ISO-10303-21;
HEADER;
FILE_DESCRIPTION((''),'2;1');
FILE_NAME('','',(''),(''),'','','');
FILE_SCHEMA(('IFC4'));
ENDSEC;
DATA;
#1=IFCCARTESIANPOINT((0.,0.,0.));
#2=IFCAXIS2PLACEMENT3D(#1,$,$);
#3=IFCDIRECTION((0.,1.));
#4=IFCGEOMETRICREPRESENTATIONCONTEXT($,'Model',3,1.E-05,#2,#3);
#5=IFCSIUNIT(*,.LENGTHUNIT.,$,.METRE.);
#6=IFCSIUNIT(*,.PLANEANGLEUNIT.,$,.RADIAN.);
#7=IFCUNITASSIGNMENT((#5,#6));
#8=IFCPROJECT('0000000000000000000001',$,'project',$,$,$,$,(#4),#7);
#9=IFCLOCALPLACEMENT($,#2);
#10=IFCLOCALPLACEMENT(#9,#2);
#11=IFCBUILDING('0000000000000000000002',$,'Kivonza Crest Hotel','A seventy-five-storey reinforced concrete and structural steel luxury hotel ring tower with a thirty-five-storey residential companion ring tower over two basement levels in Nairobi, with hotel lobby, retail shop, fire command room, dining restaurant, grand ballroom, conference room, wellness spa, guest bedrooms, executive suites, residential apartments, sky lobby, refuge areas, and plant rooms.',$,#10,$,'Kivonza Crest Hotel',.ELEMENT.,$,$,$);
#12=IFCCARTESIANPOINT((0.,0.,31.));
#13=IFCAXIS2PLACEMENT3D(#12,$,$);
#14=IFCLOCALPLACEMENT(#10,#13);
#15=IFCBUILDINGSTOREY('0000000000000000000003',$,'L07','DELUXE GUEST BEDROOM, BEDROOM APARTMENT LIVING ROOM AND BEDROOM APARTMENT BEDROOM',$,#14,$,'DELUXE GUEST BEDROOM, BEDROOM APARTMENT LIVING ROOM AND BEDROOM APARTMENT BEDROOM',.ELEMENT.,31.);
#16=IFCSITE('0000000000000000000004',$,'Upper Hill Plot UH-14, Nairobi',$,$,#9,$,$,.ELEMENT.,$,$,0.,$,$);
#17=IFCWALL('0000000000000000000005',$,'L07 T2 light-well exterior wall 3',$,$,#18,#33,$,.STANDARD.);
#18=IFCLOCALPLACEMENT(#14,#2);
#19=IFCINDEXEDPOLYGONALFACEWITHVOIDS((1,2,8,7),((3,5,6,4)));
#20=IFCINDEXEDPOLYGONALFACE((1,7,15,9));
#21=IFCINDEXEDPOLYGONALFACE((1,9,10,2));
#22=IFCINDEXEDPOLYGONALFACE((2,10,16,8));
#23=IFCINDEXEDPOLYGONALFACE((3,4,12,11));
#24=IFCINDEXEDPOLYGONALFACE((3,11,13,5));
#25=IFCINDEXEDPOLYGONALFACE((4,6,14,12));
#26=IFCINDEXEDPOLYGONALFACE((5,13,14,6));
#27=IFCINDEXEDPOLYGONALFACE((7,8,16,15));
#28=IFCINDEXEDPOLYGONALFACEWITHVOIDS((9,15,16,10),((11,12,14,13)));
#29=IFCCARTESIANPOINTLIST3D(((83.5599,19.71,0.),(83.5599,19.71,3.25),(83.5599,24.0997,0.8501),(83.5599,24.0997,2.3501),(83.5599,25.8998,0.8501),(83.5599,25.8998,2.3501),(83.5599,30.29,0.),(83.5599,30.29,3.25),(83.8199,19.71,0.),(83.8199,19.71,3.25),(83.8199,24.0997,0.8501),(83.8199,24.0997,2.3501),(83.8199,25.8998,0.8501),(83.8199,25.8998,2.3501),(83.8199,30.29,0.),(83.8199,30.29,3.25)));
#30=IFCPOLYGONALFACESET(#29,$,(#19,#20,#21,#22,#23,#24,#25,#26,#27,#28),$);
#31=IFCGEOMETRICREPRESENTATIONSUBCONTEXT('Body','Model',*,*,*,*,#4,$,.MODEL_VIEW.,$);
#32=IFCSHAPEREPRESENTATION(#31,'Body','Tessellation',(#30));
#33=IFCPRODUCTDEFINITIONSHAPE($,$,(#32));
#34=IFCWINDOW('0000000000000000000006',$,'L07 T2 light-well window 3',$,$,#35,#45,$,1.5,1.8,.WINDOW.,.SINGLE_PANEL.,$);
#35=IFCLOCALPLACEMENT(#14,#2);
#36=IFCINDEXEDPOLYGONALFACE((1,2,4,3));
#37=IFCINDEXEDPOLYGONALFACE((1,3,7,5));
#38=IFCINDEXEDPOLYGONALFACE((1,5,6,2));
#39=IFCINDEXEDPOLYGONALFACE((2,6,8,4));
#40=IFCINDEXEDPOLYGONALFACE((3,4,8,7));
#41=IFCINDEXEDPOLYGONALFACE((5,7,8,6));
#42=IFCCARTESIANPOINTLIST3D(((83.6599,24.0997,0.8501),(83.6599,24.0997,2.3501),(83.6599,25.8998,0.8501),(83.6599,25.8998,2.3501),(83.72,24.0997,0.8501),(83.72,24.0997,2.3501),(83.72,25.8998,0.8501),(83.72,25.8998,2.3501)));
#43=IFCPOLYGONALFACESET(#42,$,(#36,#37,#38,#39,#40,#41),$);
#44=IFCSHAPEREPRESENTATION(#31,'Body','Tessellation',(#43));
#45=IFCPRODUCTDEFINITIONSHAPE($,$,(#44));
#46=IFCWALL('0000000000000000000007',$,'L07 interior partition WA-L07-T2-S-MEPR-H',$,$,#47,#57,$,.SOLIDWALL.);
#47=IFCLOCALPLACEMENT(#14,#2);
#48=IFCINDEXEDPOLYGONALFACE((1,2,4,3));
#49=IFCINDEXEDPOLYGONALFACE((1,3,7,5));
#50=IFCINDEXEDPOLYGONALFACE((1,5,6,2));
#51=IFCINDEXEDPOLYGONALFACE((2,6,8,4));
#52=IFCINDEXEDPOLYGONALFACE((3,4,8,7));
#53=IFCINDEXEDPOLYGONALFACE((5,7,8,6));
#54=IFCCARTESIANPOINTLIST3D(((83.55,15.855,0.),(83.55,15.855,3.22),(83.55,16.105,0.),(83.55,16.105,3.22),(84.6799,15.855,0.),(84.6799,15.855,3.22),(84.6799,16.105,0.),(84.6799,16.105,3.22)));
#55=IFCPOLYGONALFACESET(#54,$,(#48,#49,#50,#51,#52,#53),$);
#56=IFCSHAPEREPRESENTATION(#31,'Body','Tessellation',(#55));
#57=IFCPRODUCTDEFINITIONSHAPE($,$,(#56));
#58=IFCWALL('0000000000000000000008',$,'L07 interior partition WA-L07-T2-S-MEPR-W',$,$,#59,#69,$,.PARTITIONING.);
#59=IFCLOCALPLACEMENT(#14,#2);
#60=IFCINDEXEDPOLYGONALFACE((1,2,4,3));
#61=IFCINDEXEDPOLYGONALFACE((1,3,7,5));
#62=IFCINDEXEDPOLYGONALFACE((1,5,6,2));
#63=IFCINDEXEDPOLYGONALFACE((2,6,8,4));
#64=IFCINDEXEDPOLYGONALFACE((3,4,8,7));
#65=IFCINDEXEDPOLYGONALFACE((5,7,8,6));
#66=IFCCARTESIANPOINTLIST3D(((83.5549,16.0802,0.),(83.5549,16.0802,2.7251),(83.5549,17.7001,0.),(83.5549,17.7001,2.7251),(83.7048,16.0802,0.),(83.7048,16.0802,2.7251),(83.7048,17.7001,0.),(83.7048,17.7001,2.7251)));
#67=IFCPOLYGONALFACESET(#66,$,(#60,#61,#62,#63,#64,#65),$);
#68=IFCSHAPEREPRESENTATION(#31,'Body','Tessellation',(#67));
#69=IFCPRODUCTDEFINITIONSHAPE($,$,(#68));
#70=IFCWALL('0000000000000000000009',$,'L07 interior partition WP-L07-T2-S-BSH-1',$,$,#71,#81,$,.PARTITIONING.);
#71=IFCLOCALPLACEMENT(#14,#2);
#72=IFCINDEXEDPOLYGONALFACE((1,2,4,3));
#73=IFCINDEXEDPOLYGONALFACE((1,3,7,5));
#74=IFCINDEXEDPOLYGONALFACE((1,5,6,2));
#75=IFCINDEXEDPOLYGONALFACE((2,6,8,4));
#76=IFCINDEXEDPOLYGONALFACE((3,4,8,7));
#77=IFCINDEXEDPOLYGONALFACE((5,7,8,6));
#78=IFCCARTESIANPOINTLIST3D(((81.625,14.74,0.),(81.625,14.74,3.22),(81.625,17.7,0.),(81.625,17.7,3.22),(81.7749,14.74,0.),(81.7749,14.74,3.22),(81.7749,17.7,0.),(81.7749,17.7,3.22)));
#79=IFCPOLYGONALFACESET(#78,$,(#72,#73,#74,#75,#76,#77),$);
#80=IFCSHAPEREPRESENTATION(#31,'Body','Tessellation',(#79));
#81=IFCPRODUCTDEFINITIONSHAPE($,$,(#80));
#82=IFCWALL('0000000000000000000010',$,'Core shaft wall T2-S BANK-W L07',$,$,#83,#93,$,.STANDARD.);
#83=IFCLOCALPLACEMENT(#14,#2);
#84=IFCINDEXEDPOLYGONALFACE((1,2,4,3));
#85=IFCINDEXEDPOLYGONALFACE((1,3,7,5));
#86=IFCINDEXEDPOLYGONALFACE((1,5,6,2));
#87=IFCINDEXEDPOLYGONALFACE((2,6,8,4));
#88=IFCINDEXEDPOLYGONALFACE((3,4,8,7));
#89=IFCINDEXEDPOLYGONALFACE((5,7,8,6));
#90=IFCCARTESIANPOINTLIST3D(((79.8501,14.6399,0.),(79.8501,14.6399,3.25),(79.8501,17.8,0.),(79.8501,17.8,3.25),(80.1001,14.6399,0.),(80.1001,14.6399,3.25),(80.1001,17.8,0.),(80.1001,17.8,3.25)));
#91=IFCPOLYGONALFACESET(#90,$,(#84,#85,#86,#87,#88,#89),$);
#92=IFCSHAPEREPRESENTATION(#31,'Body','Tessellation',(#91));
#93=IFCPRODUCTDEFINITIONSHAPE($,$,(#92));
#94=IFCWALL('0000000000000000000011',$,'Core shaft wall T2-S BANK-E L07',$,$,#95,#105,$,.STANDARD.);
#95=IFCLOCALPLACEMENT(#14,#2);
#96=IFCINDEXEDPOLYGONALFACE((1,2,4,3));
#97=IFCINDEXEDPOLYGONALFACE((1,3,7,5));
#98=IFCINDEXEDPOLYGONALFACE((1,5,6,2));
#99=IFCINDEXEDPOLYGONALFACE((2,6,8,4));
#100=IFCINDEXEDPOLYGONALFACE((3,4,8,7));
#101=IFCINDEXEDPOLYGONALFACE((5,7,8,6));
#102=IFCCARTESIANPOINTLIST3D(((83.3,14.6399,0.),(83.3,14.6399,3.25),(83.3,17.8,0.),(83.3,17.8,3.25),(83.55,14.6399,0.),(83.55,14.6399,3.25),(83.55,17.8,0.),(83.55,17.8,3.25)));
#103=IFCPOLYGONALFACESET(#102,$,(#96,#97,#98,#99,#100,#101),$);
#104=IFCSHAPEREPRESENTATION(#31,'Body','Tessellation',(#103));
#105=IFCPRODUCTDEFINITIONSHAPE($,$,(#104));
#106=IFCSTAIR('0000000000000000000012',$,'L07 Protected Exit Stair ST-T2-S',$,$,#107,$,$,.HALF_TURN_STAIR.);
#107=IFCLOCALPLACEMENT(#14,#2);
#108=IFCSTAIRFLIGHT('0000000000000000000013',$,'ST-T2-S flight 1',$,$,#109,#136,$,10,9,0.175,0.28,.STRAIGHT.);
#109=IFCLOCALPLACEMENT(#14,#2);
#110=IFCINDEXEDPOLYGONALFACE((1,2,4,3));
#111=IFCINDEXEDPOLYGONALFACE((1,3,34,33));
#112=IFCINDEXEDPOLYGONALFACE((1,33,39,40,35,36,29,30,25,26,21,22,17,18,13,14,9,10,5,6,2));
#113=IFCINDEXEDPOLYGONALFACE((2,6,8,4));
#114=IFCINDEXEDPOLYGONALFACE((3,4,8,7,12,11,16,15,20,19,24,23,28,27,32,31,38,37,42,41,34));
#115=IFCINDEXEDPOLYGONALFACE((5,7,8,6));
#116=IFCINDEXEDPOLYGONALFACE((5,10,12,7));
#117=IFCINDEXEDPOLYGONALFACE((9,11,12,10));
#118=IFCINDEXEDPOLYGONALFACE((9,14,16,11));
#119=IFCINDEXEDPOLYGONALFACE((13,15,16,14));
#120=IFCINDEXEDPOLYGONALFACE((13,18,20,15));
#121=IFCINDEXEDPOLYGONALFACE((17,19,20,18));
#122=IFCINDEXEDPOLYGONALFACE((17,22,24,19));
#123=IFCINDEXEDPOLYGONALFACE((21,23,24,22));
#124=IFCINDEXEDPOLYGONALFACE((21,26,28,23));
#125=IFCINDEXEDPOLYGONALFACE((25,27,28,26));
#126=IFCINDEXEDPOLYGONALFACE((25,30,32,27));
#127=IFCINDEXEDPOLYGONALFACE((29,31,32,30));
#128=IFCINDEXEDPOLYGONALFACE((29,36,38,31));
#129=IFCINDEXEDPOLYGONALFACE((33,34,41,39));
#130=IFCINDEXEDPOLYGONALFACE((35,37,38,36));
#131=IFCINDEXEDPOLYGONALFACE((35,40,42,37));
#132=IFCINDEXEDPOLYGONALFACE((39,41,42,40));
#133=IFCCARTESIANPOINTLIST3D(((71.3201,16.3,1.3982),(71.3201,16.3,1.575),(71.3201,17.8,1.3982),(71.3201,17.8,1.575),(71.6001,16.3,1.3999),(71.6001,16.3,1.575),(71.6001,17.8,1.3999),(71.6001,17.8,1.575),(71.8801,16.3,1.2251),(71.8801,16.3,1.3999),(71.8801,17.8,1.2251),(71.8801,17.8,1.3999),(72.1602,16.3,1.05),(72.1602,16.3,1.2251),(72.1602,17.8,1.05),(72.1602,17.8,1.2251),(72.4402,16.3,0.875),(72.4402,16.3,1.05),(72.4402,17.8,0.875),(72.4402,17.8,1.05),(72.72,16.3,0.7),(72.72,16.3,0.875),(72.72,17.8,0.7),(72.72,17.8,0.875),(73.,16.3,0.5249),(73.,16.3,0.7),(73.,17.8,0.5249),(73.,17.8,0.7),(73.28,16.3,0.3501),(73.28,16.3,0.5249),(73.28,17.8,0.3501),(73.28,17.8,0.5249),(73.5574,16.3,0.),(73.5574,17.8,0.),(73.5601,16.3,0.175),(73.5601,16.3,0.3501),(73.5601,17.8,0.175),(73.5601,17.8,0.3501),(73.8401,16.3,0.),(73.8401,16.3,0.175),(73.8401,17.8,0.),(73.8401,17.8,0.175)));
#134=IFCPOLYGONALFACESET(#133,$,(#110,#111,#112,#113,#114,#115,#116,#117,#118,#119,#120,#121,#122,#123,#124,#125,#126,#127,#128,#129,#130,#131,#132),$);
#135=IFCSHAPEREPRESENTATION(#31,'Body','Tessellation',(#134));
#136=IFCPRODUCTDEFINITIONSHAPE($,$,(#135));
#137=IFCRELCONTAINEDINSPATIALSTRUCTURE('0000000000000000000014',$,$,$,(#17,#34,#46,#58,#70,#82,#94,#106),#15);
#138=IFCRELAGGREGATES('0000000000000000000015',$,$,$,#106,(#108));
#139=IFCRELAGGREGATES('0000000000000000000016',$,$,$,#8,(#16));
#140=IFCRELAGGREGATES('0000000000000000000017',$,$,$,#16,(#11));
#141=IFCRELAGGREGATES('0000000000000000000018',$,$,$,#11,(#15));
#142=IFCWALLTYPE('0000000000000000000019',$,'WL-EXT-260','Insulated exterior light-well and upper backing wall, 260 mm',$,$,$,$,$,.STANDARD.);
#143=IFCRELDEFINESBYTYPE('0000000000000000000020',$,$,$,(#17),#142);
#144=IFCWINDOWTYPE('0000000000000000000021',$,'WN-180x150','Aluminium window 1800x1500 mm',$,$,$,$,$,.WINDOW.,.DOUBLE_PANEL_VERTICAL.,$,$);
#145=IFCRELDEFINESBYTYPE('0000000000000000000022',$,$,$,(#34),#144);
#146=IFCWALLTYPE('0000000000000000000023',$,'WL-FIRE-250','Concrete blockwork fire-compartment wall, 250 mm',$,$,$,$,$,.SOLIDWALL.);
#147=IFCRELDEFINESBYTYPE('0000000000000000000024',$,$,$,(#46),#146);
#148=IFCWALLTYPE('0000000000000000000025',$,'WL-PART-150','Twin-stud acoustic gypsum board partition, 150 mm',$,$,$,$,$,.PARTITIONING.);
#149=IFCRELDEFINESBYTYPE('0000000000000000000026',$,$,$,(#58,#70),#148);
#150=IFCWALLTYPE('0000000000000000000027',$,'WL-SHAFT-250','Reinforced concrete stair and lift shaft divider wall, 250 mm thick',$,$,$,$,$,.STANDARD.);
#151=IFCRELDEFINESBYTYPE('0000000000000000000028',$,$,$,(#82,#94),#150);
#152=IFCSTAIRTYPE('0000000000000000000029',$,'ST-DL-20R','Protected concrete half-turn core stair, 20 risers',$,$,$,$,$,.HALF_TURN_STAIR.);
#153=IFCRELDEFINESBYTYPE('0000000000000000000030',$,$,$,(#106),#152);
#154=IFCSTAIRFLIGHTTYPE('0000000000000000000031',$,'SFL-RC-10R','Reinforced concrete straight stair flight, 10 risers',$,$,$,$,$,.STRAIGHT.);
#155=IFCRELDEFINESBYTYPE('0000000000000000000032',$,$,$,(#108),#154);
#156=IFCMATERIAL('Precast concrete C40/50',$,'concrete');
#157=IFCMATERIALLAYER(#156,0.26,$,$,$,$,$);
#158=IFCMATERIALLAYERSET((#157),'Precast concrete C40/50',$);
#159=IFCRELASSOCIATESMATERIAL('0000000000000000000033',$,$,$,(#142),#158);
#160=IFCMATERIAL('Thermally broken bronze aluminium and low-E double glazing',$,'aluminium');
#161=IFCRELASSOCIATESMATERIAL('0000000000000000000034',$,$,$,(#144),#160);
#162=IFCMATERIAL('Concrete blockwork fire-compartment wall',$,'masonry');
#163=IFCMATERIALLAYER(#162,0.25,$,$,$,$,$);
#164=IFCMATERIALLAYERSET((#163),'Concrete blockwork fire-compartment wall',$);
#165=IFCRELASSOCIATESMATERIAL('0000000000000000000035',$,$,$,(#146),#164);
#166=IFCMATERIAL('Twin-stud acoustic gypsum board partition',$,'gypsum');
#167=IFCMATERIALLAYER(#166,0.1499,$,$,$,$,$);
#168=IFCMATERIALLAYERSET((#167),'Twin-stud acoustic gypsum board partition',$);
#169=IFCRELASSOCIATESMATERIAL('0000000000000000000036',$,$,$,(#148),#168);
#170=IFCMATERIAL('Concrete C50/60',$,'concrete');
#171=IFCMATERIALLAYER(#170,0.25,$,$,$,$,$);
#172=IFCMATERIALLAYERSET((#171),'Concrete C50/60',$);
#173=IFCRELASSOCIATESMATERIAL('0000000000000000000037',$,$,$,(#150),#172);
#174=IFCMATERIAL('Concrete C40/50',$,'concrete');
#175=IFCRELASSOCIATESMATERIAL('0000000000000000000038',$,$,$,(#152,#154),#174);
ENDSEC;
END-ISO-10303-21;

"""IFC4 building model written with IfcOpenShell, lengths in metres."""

from ifc_helpers import new_model, si_unit, direction, frame, frame_2d, origin, place, context, subcontext, project, spatial, polyline, rectangle, outline, extrude, material, layer, layer_set, type_object, element, fill, aggregate, save


model = new_model("IFC4")

# Units and contexts
model_context = context("Model", 3, precision=1e-05, world=origin(), true_north=direction((0.0, 1.0)))
body_context = subcontext(model_context, "Body", "Model", "MODEL_VIEW")
ifc_project = project(units=[si_unit("LENGTHUNIT", "METRE"), si_unit("PLANEANGLEUNIT", "RADIAN")], contexts=[model_context])

# Site, building, storey
site_placement = place(None, origin())
site = spatial("IfcSite", under=ifc_project, at=site_placement, Name="Upper Hill Plot UH-14, Nairobi", CompositionType="ELEMENT", RefElevation=0.0)
building_placement = place(site_placement, origin())
building = spatial("IfcBuilding", under=site, at=building_placement, Name="Kivonza Crest Hotel", Description="A seventy-five-storey reinforced concrete and structural steel luxury hotel ring tower with a thirty-five-storey residential companion ring tower over two basement levels in Nairobi, with hotel lobby, retail shop, fire command room, dining restaurant, grand ballroom, conference room, wellness spa, guest bedrooms, executive suites, residential apartments, sky lobby, refuge areas, and plant rooms.", LongName="Kivonza Crest Hotel", CompositionType="ELEMENT")
storey_placement = place(building_placement, frame((0.0, 0.0, 31.0)))
storey = spatial("IfcBuildingStorey", under=building, at=storey_placement, Name="L07", Description="DELUXE GUEST BEDROOM, BEDROOM APARTMENT LIVING ROOM AND BEDROOM APARTMENT BEDROOM", LongName="DELUXE GUEST BEDROOM, BEDROOM APARTMENT LIVING ROOM AND BEDROOM APARTMENT BEDROOM", CompositionType="ELEMENT", Elevation=31.0)

# Shared definitions
ifc_material_1 = material(Name="Concrete C50/60", Category="concrete")

# Shared definitions
ifc_material_2 = material(Name="Precast concrete C40/50", Category="concrete")
ifc_layer_1 = layer(ifc_material_2, 0.26)
ifc_layer_set_1 = layer_set([ifc_layer_1], Name="Precast concrete C40/50")
wall_type_1 = type_object("IfcWallType", Name="WL-EXT-260", Description="Insulated exterior light-well and upper backing wall, 260 mm", PredefinedType="STANDARD", material=ifc_layer_set_1)

# Wall, opening, window
wall_1_placement = place(storey_placement, frame((83.6899, 19.71, 0.0), z_axis=(0.0, 0.0, 1.0), x_axis=(0.0, 1.0, 0.0)))
wall_1 = element("IfcWall", 1, at=wall_1_placement, inside=storey, type_object=wall_type_1, Name="L07 T2 light-well exterior wall 3", PredefinedType="STANDARD", context=body_context, shape_type="SweptSolid", body=[
    extrude(rectangle(XDim=10.5801, YDim=0.26, at=frame_2d((5.29, 0.0))), origin(), (0.0, 0.0, 1.0), 3.25),
])
opening_1_placement = place(wall_1_placement, frame((4.3899, 0.0, 0.8501)))
opening_1 = element("IfcOpeningElement", 2, at=opening_1_placement, cuts=wall_1, PredefinedType="OPENING", context=body_context, shape_type="SweptSolid", body=[
    extrude(rectangle(XDim=1.8, YDim=1.5, at=frame_2d((0.8999, 0.75))), frame((0.0, 0.1401, 0.0), z_axis=(0.0, -1.0, 0.0), x_axis=(1.0, 0.0, 0.0)), (0.0, 0.0, 1.0), 0.28),
])
ifc_material_3 = material(Name="Thermally broken bronze aluminium and low-E double glazing", Category="aluminium")
window_type = type_object("IfcWindowType", Name="WN-180x150", Description="Aluminium window 1800x1500 mm", PartitioningType="DOUBLE_PANEL_VERTICAL", PredefinedType="WINDOW", material=ifc_material_3)
window_placement = place(opening_1_placement, origin())
window = element("IfcWindow", 3, at=window_placement, inside=storey, type_object=window_type, Name="L07 T2 light-well window 3", OverallHeight=1.5, OverallWidth=1.8, PartitioningType="SINGLE_PANEL", PredefinedType="WINDOW", context=body_context, shape_type="SweptSolid", body=[
    extrude(rectangle(XDim=1.8, YDim=1.5, at=frame_2d((0.8999, 0.75))), frame((0.0, 0.03, 0.0), z_axis=(0.0, -1.0, 0.0), x_axis=(1.0, 0.0, 0.0)), (0.0, 0.0, 1.0), 0.0601),
])
fill(opening_1, window)

# Walls
ifc_material_4 = material(Name="Concrete blockwork fire-compartment wall", Category="masonry")
ifc_layer_2 = layer(ifc_material_4, 0.25)
ifc_layer_set_2 = layer_set([ifc_layer_2], Name="Concrete blockwork fire-compartment wall")
wall_type_2 = type_object("IfcWallType", Name="WL-FIRE-250", Description="Concrete blockwork fire-compartment wall, 250 mm", PredefinedType="SOLIDWALL", material=ifc_layer_set_2)
wall_2_placement = place(storey_placement, frame((83.55, 15.98, 0.0), z_axis=(0.0, 0.0, 1.0), x_axis=(1.0, 0.0, 0.0)))
element("IfcWall", 4, at=wall_2_placement, inside=storey, type_object=wall_type_2, Name="L07 interior partition WA-L07-T2-S-MEPR-H", PredefinedType="SOLIDWALL", context=body_context, shape_type="SweptSolid", body=[
    extrude(rectangle(XDim=1.1299, YDim=0.25, at=frame_2d((0.5649, 0.0))), origin(), (0.0, 0.0, 1.0), 3.22),
])
ifc_material_5 = material(Name="Twin-stud acoustic gypsum board partition", Category="gypsum")
ifc_layer_3 = layer(ifc_material_5, 0.1499)
ifc_layer_set_3 = layer_set([ifc_layer_3], Name="Twin-stud acoustic gypsum board partition")
wall_type_3 = type_object("IfcWallType", Name="WL-PART-150", Description="Twin-stud acoustic gypsum board partition, 150 mm", PredefinedType="PARTITIONING", material=ifc_layer_set_3)
wall_3_placement = place(storey_placement, frame((83.6299, 16.0801, 0.0), z_axis=(0.0, 0.0, 1.0), x_axis=(0.0, 1.0, 0.0)))
element("IfcWall", 5, at=wall_3_placement, inside=storey, type_object=wall_type_3, Name="L07 interior partition WA-L07-T2-S-MEPR-W", PredefinedType="PARTITIONING", context=body_context, shape_type="SweptSolid", body=[
    extrude(rectangle(XDim=1.6199, YDim=0.1499, at=frame_2d((0.8101, 0.0))), origin(), (0.0, 0.0, 1.0), 2.7251),
])
wall_4_placement = place(storey_placement, frame((81.7, 14.74, 0.0), z_axis=(0.0, 0.0, 1.0), x_axis=(0.0, 1.0, 0.0)))
element("IfcWall", 6, at=wall_4_placement, inside=storey, type_object=wall_type_3, Name="L07 interior partition WP-L07-T2-S-BSH-1", PredefinedType="PARTITIONING", context=body_context, shape_type="SweptSolid", body=[
    extrude(rectangle(XDim=2.96, YDim=0.1499, at=frame_2d((1.48, 0.0))), origin(), (0.0, 0.0, 1.0), 3.22),
])

# Shared definitions
ifc_layer_4 = layer(ifc_material_1, 0.25)
ifc_layer_set_4 = layer_set([ifc_layer_4], Name="Concrete C50/60")
wall_type_4 = type_object("IfcWallType", Name="WL-SHAFT-250", Description="Reinforced concrete stair and lift shaft divider wall, 250 mm thick", PredefinedType="STANDARD", material=ifc_layer_set_4)

# Walls
for number, where, z_axis, x_axis, name in (
    (7, (79.9751, 14.6399, 0.0), (0.0, 0.0, 1.0), (0.0, 1.0, 0.0), "Core shaft wall T2-S BANK-W L07"),
    (8, (83.425, 14.6399, 0.0), (0.0, 0.0, 1.0), (0.0, 1.0, 0.0), "Core shaft wall T2-S BANK-E L07"),
):
    element("IfcWall", number, at=place(storey_placement, frame(where, z_axis=z_axis, x_axis=x_axis)), inside=storey, type_object=wall_type_4, Name=name, PredefinedType="STANDARD", context=body_context, shape_type="SweptSolid", body=[
        extrude(rectangle(XDim=3.1602, YDim=0.25, at=frame_2d((1.5801, 0.0))), origin(), (0.0, 0.0, 1.0), 3.25),
    ])

# Stair, stair flight
ifc_material_6 = material(Name="Concrete C40/50", Category="concrete")
stair_type = type_object("IfcStairType", Name="ST-DL-20R", Description="Protected concrete half-turn core stair, 20 risers", PredefinedType="HALF_TURN_STAIR", material=ifc_material_6)
stair_placement = place(storey_placement, origin())
stair = element("IfcStair", 9, at=stair_placement, inside=storey, type_object=stair_type, Name="L07 Protected Exit Stair ST-T2-S", PredefinedType="HALF_TURN_STAIR")
stair_flight_type = type_object("IfcStairFlightType", Name="SFL-RC-10R", Description="Reinforced concrete straight stair flight, 10 risers", PredefinedType="STRAIGHT", material=ifc_material_6)
stair_flight_placement = place(storey_placement, frame((73.8401, 17.05, 0.0), z_axis=(0.0, 0.0, 1.0), x_axis=(-1.0, 0.0, 0.0)))
stair_flight = element("IfcStairFlight", 10, at=stair_flight_placement, type_object=stair_flight_type, Name="ST-T2-S flight 1", NumberOfRisers=10, NumberOfTreads=9, PredefinedType="STRAIGHT", RiserHeight=0.175, TreadLength=0.28, context=body_context, shape_type="SweptSolid", body=[
    extrude(outline(polyline([(0.0, 0.0), (0.0, 0.175), (0.28, 0.175), (0.28, 0.3501), (0.5601, 0.3501), (0.5601, 0.5249), (0.8401, 0.5249), (0.8401, 0.7), (1.1201, 0.7), (1.1201, 0.875), (1.3999, 0.875), (1.3999, 1.05), (1.6799, 1.05), (1.6799, 1.2251), (1.96, 1.2251), (1.96, 1.3999), (2.24, 1.3999), (2.24, 1.575), (2.52, 1.575), (2.52, 1.75), (2.52, 1.3982), (0.2827, 0.0), (0.0, 0.0)])), frame((0.0, 0.75, 0.0), z_axis=(0.0, -1.0, 0.0), x_axis=(1.0, 0.0, 0.0)), (0.0, 0.0, 1.0), 1.5),
])
aggregate(stair, [stair_flight])

save(model, "model.ifc")
